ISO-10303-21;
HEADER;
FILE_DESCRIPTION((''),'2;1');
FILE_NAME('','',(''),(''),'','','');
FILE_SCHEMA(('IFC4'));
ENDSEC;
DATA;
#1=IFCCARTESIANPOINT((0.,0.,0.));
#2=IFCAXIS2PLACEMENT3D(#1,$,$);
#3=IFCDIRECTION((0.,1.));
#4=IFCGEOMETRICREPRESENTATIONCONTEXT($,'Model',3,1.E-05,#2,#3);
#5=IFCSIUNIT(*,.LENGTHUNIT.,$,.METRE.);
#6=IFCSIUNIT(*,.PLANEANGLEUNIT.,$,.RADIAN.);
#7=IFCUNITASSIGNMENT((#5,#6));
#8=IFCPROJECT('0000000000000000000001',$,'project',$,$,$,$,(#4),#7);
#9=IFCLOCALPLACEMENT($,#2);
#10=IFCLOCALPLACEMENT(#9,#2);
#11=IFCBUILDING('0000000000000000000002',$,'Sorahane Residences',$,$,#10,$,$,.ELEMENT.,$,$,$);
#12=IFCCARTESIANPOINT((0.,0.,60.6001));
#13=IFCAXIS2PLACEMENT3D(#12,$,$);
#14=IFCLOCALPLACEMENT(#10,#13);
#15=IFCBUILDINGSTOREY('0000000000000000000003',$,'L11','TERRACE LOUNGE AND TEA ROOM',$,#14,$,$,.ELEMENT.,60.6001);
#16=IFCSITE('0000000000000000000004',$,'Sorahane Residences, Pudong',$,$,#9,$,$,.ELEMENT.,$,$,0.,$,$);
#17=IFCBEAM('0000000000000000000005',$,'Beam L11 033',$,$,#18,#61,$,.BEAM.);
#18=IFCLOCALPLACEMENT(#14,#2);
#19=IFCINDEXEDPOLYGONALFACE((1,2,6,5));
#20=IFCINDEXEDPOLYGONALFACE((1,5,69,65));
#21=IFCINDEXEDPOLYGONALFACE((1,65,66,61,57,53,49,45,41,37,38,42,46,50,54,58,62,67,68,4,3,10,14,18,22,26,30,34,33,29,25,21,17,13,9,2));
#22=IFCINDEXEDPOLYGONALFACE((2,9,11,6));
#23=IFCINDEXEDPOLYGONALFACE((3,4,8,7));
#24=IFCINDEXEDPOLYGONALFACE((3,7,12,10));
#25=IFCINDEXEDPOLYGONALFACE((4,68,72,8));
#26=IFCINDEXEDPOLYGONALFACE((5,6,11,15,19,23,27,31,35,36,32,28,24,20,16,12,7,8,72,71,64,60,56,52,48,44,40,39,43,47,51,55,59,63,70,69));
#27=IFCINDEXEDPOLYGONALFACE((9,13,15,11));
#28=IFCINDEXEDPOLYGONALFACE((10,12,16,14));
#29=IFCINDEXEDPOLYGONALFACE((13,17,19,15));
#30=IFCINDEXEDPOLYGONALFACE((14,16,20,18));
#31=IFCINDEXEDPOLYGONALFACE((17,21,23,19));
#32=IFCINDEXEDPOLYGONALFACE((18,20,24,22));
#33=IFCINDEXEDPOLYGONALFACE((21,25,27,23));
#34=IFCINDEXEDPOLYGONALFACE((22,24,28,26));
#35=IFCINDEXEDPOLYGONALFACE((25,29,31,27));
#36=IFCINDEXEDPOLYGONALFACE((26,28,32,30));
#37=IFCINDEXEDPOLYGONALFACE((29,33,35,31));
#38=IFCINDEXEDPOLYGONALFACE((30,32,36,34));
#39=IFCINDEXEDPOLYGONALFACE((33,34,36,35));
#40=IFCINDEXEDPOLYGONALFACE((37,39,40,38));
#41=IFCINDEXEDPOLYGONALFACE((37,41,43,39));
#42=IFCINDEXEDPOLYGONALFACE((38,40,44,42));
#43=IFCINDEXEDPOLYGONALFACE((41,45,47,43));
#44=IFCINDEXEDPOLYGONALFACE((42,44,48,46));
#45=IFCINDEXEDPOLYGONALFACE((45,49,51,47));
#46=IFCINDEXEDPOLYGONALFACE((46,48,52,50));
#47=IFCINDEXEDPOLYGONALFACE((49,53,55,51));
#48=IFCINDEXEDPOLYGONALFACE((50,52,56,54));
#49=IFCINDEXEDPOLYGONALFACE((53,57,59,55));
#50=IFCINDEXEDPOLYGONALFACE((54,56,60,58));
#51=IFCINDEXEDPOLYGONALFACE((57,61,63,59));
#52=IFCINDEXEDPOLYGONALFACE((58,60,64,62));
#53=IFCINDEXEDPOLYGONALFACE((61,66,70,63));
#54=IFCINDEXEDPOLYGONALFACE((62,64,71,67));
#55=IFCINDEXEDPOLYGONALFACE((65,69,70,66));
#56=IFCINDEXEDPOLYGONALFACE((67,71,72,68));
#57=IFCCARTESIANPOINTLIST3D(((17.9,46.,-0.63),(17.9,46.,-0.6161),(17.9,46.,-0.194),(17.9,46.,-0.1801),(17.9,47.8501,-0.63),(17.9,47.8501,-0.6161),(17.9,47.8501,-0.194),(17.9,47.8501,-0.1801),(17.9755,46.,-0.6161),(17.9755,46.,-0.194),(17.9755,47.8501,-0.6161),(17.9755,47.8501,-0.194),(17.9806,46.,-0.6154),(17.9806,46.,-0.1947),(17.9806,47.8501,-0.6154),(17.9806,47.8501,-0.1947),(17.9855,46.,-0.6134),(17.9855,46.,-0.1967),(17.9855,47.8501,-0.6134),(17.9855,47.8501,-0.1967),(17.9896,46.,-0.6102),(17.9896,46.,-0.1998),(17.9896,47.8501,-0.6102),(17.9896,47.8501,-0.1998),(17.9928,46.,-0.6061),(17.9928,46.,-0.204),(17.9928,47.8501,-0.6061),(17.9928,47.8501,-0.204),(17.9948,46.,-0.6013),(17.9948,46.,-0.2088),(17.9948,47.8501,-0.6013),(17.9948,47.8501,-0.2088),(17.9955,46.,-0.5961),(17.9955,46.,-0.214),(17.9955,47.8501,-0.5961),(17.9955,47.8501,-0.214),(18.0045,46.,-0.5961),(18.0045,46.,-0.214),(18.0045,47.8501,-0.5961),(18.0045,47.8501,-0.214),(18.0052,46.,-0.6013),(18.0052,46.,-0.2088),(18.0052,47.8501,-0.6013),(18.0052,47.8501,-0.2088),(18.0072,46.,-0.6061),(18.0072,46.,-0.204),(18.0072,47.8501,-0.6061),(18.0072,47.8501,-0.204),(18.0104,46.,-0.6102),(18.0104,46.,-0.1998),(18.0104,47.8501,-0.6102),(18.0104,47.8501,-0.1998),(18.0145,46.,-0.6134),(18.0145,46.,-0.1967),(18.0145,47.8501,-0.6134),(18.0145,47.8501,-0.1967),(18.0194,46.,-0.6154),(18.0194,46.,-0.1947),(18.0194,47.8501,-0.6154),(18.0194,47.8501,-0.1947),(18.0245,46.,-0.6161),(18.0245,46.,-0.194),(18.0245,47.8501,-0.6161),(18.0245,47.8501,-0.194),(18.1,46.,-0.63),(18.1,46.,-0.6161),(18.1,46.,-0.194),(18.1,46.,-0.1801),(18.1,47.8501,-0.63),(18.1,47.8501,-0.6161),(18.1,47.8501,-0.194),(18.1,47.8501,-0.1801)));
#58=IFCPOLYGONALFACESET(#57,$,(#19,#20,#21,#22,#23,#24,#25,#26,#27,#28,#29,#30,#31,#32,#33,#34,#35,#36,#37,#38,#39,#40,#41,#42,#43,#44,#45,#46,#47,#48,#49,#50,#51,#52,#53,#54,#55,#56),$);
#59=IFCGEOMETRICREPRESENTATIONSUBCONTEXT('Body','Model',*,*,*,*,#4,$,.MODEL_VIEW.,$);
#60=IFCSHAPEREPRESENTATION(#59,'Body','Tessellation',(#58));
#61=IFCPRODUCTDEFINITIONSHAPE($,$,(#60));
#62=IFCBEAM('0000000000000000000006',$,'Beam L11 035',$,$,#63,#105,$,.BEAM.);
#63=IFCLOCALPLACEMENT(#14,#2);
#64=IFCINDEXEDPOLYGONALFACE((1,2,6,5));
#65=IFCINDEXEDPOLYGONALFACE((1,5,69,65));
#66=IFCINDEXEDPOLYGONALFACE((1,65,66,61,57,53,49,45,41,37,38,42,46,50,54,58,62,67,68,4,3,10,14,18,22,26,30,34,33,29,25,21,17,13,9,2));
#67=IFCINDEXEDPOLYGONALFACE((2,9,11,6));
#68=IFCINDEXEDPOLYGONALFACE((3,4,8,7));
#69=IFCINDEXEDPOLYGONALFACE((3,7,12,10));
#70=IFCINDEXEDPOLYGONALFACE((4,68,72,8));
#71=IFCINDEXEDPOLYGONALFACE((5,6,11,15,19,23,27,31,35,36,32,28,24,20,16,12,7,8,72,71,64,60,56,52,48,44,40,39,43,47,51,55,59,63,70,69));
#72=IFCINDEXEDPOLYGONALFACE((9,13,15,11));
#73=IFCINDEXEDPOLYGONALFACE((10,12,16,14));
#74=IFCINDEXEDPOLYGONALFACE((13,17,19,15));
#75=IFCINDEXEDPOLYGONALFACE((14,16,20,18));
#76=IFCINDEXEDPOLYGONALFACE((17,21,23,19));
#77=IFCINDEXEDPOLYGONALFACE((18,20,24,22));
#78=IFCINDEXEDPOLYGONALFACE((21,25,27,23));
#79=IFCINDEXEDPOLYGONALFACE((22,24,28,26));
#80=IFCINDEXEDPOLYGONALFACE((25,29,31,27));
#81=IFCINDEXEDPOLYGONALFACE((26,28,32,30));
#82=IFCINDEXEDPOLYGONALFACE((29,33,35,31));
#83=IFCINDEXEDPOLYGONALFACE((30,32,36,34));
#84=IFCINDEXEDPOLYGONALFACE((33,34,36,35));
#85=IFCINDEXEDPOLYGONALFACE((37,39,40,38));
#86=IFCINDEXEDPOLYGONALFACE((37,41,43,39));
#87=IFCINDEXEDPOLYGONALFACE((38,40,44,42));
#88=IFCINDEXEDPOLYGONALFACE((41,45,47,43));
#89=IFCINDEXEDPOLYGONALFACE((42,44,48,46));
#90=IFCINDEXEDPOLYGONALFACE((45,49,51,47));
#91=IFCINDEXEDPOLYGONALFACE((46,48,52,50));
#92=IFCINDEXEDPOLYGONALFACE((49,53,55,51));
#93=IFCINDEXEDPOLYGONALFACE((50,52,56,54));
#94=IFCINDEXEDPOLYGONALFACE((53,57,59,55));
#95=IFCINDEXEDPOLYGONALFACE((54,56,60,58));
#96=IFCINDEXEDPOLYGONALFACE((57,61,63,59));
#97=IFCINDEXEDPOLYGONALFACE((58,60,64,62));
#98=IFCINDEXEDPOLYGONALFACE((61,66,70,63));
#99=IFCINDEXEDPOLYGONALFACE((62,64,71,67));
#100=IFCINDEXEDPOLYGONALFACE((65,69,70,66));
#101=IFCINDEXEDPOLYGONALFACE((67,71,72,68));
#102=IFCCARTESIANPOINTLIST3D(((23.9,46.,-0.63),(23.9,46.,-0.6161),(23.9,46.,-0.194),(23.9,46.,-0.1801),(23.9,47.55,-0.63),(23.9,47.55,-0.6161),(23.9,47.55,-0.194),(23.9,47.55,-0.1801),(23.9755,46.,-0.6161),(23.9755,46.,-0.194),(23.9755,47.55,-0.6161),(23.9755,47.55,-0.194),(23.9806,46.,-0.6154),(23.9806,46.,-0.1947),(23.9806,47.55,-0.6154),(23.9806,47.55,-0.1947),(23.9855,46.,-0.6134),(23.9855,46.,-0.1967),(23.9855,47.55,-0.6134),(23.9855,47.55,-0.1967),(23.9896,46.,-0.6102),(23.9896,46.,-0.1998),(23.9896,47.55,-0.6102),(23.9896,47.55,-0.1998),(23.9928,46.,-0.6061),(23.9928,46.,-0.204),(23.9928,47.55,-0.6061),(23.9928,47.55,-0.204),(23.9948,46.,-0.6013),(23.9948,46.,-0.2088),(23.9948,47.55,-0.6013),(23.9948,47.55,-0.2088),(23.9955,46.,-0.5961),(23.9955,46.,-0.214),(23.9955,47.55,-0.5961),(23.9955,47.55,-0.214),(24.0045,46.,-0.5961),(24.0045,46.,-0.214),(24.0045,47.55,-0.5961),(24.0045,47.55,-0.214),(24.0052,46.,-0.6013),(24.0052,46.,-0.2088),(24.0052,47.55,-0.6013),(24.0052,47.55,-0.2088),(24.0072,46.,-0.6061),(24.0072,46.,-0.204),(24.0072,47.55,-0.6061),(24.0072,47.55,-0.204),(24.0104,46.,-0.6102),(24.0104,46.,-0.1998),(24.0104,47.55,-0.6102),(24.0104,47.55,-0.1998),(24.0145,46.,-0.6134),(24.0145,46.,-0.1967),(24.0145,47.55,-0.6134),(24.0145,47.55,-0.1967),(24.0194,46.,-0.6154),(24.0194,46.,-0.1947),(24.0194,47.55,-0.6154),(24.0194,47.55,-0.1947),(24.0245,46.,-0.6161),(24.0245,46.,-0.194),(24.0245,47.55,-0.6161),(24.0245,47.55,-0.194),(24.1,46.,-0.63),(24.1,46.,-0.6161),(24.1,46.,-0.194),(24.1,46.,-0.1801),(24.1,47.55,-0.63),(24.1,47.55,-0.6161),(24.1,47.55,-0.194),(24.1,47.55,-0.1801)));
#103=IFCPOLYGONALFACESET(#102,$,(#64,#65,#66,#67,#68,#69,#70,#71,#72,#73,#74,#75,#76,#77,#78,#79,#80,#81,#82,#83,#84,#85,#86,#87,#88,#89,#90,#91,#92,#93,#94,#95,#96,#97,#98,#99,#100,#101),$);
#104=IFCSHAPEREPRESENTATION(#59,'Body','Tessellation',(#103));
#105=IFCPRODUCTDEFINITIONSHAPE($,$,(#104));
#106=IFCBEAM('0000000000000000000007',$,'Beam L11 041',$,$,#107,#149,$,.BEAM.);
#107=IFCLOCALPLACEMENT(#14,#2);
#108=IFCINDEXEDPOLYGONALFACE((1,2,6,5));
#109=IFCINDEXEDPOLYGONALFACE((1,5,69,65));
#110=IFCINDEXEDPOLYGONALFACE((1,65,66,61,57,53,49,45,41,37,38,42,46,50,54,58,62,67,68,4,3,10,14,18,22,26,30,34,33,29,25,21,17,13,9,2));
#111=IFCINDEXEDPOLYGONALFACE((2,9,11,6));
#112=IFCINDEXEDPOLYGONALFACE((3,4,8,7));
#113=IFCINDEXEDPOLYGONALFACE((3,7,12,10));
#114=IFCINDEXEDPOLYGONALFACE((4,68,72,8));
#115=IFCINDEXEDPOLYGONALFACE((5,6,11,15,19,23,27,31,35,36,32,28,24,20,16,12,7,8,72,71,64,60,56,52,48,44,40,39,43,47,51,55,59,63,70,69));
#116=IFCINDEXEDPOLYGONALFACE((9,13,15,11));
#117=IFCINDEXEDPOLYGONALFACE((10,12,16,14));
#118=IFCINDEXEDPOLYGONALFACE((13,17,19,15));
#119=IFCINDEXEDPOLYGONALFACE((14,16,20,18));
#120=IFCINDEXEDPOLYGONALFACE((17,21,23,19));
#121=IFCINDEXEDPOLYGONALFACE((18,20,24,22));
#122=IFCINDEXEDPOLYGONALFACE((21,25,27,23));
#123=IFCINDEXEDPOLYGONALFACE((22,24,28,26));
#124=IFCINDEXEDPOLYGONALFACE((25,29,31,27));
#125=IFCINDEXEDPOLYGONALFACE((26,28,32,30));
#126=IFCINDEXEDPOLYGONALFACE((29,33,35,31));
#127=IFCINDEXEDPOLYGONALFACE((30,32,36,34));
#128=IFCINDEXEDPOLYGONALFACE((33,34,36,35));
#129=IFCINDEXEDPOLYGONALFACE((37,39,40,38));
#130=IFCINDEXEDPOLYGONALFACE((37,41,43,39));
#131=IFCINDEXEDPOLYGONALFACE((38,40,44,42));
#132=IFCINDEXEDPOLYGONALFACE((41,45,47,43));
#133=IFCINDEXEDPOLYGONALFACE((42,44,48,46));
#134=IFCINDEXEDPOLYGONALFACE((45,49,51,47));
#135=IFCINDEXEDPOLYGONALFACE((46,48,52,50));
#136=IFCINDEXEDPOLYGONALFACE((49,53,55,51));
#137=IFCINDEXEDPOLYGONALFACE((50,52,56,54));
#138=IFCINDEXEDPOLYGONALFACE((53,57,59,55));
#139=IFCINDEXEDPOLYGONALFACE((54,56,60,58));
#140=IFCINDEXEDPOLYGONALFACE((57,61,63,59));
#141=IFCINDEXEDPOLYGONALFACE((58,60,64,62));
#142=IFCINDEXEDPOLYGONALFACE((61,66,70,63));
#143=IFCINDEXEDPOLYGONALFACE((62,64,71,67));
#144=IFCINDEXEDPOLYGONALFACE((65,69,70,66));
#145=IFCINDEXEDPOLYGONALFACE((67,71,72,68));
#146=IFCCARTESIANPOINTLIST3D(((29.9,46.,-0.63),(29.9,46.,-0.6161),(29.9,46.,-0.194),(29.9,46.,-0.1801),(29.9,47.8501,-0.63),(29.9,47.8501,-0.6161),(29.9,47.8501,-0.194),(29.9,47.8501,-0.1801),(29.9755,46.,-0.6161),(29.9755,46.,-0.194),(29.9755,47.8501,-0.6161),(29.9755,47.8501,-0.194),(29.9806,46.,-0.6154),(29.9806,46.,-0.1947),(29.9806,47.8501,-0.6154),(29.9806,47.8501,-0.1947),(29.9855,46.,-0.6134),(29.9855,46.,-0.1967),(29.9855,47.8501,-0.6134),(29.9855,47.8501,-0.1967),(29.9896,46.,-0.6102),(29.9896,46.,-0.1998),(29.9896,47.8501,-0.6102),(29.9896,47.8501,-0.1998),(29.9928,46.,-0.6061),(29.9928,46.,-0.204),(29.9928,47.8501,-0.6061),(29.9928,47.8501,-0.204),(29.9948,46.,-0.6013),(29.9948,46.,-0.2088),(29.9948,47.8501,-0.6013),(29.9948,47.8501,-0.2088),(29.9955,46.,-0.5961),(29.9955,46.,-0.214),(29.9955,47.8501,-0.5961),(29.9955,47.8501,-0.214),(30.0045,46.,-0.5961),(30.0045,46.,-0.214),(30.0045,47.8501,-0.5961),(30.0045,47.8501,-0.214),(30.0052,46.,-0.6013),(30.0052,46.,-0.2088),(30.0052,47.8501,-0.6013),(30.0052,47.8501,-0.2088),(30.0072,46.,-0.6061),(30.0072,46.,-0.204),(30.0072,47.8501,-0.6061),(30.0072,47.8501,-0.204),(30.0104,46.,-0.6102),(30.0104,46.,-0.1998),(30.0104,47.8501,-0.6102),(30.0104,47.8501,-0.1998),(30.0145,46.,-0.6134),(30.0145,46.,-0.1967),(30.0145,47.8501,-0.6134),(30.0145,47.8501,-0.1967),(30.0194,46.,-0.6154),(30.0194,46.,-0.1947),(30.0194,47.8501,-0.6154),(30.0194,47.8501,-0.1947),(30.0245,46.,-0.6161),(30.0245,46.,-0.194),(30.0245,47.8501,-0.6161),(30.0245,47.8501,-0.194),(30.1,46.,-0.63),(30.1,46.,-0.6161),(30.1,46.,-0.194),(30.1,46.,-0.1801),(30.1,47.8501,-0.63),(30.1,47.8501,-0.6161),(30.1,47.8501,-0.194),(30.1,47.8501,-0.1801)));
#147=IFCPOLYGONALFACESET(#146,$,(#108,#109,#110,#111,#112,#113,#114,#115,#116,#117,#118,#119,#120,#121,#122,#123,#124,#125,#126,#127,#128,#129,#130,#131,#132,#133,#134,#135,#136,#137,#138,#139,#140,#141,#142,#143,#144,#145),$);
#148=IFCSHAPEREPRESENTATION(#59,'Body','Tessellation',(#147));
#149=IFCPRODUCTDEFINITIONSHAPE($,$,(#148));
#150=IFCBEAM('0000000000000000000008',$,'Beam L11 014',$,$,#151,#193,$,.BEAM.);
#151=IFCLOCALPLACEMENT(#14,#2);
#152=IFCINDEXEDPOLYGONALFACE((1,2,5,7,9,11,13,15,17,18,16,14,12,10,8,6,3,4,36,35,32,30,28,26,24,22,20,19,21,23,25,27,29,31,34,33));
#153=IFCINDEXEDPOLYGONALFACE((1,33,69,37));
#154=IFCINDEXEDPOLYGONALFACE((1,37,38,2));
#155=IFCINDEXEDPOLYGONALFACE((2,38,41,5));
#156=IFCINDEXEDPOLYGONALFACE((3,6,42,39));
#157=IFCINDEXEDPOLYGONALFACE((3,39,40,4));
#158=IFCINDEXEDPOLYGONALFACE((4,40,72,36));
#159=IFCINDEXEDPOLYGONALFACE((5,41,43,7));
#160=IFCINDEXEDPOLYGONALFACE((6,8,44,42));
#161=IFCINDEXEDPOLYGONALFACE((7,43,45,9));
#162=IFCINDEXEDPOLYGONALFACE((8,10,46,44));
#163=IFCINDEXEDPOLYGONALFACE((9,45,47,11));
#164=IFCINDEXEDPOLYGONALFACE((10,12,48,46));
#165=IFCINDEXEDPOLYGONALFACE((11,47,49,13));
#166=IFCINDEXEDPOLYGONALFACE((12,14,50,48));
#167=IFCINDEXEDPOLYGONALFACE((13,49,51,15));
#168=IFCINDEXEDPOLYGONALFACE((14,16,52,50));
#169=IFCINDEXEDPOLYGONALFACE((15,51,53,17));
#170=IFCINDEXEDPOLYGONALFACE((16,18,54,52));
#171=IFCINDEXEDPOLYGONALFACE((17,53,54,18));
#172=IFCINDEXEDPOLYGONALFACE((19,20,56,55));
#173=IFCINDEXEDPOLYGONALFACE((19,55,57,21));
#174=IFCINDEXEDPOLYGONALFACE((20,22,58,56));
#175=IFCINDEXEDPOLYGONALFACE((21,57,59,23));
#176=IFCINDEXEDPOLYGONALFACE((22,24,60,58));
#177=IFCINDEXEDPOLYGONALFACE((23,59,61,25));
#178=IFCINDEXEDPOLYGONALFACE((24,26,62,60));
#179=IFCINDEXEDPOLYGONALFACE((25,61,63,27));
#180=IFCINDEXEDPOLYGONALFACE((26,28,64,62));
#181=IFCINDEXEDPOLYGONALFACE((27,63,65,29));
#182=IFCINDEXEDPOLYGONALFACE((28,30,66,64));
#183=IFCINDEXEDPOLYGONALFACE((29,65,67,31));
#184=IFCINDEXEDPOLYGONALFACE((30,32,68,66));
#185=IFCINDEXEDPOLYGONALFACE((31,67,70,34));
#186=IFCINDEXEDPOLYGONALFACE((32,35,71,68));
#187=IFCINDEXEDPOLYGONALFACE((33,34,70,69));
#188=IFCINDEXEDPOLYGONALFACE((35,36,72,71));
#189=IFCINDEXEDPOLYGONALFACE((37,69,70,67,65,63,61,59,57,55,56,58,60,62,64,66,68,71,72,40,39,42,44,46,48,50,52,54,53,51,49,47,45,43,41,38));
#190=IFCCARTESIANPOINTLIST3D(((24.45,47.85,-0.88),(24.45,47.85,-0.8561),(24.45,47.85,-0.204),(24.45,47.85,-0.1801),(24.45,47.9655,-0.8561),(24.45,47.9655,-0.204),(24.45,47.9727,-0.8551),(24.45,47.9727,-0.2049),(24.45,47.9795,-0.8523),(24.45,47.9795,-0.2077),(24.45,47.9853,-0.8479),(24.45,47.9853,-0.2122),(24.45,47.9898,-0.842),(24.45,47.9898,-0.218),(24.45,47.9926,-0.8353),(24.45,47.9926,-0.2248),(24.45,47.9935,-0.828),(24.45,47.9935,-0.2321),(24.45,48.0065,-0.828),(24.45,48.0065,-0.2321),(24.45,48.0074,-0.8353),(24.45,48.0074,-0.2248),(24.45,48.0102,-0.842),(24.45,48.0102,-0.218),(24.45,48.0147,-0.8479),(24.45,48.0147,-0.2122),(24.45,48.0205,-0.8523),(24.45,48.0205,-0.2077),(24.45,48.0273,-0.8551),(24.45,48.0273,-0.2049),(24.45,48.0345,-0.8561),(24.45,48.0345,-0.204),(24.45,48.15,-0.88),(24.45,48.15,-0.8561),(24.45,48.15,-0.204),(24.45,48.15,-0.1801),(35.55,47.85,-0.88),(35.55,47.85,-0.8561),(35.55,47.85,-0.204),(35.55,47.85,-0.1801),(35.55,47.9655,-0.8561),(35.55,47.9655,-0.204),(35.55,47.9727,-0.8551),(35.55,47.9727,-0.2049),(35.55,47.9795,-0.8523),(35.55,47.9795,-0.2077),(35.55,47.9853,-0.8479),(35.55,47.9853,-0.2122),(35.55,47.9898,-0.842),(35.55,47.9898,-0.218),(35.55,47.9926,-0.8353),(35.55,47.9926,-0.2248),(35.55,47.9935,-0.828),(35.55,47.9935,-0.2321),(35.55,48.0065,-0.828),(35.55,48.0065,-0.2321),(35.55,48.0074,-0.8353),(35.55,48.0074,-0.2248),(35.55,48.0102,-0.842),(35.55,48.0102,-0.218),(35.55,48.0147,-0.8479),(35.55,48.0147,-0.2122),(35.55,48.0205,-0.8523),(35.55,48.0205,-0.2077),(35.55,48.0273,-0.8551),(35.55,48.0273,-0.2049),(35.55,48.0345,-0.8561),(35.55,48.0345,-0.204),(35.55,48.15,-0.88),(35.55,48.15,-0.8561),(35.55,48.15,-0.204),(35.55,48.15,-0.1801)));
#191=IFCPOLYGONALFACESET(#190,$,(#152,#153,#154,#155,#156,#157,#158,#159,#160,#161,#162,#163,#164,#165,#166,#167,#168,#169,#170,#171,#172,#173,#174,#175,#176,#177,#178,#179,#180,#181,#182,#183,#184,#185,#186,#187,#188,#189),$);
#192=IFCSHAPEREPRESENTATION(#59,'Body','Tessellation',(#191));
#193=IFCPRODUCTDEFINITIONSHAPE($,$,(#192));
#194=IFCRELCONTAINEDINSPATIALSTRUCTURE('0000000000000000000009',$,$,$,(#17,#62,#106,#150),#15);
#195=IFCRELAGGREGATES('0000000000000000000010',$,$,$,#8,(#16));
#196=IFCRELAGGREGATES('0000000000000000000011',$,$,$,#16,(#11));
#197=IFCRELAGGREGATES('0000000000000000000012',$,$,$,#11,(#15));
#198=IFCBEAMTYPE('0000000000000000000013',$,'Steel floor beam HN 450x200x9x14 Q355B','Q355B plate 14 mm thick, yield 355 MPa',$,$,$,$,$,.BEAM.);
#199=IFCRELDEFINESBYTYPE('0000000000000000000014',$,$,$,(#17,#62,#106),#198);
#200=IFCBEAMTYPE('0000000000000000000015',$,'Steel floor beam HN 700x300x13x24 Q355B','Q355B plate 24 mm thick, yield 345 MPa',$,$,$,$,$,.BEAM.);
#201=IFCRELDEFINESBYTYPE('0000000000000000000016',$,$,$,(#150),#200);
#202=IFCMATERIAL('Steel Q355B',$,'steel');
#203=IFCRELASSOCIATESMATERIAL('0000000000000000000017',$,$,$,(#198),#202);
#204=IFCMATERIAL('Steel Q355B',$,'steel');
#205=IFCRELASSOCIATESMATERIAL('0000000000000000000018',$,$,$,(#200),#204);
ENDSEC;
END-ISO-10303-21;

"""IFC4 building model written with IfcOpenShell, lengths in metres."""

from ifc_helpers import new_model, si_unit, direction, frame, origin, origin_2d, place, context, subcontext, project, spatial, i_section, extrude, material, material_profile, profile_set, type_object, element, save


model = new_model("IFC4")

# Units and contexts
model_context = context("Model", 3, precision=1e-05, world=origin(), true_north=direction((0.0, 1.0)))
body_context = subcontext(model_context, "Body", "Model", "MODEL_VIEW")
ifc_project = project(units=[si_unit("LENGTHUNIT", "METRE"), si_unit("PLANEANGLEUNIT", "RADIAN")], contexts=[model_context])

# Site, building, storey
site_placement = place(None, origin())
site = spatial("IfcSite", under=ifc_project, at=site_placement, Name="Sorahane Residences, Pudong", CompositionType="ELEMENT", RefElevation=0.0)
building_placement = place(site_placement, origin())
building = spatial("IfcBuilding", under=site, at=building_placement, Name="Sorahane Residences", CompositionType="ELEMENT")
storey_placement = place(building_placement, frame((0.0, 0.0, 60.6001)))
storey = spatial("IfcBuildingStorey", under=building, at=storey_placement, Name="L11", Description="TERRACE LOUNGE AND TEA ROOM", CompositionType="ELEMENT", Elevation=60.6001)

# Beams
ifc_material_1 = material(Name="Steel Q355B", Category="steel")
ifc_material_profile_1 = material_profile(ifc_material_1, i_section(OverallWidth=0.2, OverallDepth=0.45, WebThickness=0.009, FlangeThickness=0.0139, FilletRadius=0.02, at=origin_2d()), Name="HN 450x200x9x14")
ifc_profile_set_1 = profile_set([ifc_material_profile_1], Name="Steel Q355B")
beam_type_1 = type_object("IfcBeamType", Name="Steel floor beam HN 450x200x9x14 Q355B", Description="Q355B plate 14 mm thick, yield 355 MPa", PredefinedType="BEAM", material=ifc_profile_set_1)
beam_1_placement = place(storey_placement, frame((18.0, 46.0, -0.405), z_axis=(0.0, 1.0, 0.0), x_axis=(-1.0, 0.0, 0.0)))
element("IfcBeam", 1, at=beam_1_placement, inside=storey, type_object=beam_type_1, Name="Beam L11 033", PredefinedType="BEAM", context=body_context, shape_type="SweptSolid", body=[
    extrude(i_section(OverallWidth=0.2, OverallDepth=0.45, WebThickness=0.009, FlangeThickness=0.0139, FilletRadius=0.02, at=origin_2d()), origin(), (0.0, 0.0, 1.0), 1.8501),
])
beam_2_placement = place(storey_placement, frame((24.0, 46.0, -0.405), z_axis=(0.0, 1.0, 0.0), x_axis=(-1.0, 0.0, 0.0)))
element("IfcBeam", 2, at=beam_2_placement, inside=storey, type_object=beam_type_1, Name="Beam L11 035", PredefinedType="BEAM", context=body_context, shape_type="SweptSolid", body=[
    extrude(i_section(OverallWidth=0.2, OverallDepth=0.45, WebThickness=0.009, FlangeThickness=0.0139, FilletRadius=0.02, at=origin_2d()), origin(), (0.0, 0.0, 1.0), 1.55),
])
beam_3_placement = place(storey_placement, frame((30.0, 46.0, -0.405), z_axis=(0.0, 1.0, 0.0), x_axis=(-1.0, 0.0, 0.0)))
element("IfcBeam", 3, at=beam_3_placement, inside=storey, type_object=beam_type_1, Name="Beam L11 041", PredefinedType="BEAM", context=body_context, shape_type="SweptSolid", body=[
    extrude(i_section(OverallWidth=0.2, OverallDepth=0.45, WebThickness=0.009, FlangeThickness=0.0139, FilletRadius=0.02, at=origin_2d()), origin(), (0.0, 0.0, 1.0), 1.8501),
])
ifc_material_2 = material(Name="Steel Q355B", Category="steel")
ifc_material_profile_2 = material_profile(ifc_material_2, i_section(OverallWidth=0.3, OverallDepth=0.7, WebThickness=0.0129, FlangeThickness=0.0239, FilletRadius=0.0281, at=origin_2d()), Name="HN 700x300x13x24")
ifc_profile_set_2 = profile_set([ifc_material_profile_2], Name="Steel Q355B")
beam_type_2 = type_object("IfcBeamType", Name="Steel floor beam HN 700x300x13x24 Q355B", Description="Q355B plate 24 mm thick, yield 345 MPa", PredefinedType="BEAM", material=ifc_profile_set_2)
beam_4_placement = place(storey_placement, frame((24.45, 48.0, -0.53), z_axis=(1.0, 0.0, 0.0), x_axis=(0.0, 1.0, 0.0)))
element("IfcBeam", 4, at=beam_4_placement, inside=storey, type_object=beam_type_2, Name="Beam L11 014", PredefinedType="BEAM", context=body_context, shape_type="SweptSolid", body=[
    extrude(i_section(OverallWidth=0.3, OverallDepth=0.7, WebThickness=0.0129, FlangeThickness=0.0239, FilletRadius=0.0281, at=origin_2d()), origin(), (0.0, 0.0, 1.0), 11.1001),
])

save(model, "model.ifc")
